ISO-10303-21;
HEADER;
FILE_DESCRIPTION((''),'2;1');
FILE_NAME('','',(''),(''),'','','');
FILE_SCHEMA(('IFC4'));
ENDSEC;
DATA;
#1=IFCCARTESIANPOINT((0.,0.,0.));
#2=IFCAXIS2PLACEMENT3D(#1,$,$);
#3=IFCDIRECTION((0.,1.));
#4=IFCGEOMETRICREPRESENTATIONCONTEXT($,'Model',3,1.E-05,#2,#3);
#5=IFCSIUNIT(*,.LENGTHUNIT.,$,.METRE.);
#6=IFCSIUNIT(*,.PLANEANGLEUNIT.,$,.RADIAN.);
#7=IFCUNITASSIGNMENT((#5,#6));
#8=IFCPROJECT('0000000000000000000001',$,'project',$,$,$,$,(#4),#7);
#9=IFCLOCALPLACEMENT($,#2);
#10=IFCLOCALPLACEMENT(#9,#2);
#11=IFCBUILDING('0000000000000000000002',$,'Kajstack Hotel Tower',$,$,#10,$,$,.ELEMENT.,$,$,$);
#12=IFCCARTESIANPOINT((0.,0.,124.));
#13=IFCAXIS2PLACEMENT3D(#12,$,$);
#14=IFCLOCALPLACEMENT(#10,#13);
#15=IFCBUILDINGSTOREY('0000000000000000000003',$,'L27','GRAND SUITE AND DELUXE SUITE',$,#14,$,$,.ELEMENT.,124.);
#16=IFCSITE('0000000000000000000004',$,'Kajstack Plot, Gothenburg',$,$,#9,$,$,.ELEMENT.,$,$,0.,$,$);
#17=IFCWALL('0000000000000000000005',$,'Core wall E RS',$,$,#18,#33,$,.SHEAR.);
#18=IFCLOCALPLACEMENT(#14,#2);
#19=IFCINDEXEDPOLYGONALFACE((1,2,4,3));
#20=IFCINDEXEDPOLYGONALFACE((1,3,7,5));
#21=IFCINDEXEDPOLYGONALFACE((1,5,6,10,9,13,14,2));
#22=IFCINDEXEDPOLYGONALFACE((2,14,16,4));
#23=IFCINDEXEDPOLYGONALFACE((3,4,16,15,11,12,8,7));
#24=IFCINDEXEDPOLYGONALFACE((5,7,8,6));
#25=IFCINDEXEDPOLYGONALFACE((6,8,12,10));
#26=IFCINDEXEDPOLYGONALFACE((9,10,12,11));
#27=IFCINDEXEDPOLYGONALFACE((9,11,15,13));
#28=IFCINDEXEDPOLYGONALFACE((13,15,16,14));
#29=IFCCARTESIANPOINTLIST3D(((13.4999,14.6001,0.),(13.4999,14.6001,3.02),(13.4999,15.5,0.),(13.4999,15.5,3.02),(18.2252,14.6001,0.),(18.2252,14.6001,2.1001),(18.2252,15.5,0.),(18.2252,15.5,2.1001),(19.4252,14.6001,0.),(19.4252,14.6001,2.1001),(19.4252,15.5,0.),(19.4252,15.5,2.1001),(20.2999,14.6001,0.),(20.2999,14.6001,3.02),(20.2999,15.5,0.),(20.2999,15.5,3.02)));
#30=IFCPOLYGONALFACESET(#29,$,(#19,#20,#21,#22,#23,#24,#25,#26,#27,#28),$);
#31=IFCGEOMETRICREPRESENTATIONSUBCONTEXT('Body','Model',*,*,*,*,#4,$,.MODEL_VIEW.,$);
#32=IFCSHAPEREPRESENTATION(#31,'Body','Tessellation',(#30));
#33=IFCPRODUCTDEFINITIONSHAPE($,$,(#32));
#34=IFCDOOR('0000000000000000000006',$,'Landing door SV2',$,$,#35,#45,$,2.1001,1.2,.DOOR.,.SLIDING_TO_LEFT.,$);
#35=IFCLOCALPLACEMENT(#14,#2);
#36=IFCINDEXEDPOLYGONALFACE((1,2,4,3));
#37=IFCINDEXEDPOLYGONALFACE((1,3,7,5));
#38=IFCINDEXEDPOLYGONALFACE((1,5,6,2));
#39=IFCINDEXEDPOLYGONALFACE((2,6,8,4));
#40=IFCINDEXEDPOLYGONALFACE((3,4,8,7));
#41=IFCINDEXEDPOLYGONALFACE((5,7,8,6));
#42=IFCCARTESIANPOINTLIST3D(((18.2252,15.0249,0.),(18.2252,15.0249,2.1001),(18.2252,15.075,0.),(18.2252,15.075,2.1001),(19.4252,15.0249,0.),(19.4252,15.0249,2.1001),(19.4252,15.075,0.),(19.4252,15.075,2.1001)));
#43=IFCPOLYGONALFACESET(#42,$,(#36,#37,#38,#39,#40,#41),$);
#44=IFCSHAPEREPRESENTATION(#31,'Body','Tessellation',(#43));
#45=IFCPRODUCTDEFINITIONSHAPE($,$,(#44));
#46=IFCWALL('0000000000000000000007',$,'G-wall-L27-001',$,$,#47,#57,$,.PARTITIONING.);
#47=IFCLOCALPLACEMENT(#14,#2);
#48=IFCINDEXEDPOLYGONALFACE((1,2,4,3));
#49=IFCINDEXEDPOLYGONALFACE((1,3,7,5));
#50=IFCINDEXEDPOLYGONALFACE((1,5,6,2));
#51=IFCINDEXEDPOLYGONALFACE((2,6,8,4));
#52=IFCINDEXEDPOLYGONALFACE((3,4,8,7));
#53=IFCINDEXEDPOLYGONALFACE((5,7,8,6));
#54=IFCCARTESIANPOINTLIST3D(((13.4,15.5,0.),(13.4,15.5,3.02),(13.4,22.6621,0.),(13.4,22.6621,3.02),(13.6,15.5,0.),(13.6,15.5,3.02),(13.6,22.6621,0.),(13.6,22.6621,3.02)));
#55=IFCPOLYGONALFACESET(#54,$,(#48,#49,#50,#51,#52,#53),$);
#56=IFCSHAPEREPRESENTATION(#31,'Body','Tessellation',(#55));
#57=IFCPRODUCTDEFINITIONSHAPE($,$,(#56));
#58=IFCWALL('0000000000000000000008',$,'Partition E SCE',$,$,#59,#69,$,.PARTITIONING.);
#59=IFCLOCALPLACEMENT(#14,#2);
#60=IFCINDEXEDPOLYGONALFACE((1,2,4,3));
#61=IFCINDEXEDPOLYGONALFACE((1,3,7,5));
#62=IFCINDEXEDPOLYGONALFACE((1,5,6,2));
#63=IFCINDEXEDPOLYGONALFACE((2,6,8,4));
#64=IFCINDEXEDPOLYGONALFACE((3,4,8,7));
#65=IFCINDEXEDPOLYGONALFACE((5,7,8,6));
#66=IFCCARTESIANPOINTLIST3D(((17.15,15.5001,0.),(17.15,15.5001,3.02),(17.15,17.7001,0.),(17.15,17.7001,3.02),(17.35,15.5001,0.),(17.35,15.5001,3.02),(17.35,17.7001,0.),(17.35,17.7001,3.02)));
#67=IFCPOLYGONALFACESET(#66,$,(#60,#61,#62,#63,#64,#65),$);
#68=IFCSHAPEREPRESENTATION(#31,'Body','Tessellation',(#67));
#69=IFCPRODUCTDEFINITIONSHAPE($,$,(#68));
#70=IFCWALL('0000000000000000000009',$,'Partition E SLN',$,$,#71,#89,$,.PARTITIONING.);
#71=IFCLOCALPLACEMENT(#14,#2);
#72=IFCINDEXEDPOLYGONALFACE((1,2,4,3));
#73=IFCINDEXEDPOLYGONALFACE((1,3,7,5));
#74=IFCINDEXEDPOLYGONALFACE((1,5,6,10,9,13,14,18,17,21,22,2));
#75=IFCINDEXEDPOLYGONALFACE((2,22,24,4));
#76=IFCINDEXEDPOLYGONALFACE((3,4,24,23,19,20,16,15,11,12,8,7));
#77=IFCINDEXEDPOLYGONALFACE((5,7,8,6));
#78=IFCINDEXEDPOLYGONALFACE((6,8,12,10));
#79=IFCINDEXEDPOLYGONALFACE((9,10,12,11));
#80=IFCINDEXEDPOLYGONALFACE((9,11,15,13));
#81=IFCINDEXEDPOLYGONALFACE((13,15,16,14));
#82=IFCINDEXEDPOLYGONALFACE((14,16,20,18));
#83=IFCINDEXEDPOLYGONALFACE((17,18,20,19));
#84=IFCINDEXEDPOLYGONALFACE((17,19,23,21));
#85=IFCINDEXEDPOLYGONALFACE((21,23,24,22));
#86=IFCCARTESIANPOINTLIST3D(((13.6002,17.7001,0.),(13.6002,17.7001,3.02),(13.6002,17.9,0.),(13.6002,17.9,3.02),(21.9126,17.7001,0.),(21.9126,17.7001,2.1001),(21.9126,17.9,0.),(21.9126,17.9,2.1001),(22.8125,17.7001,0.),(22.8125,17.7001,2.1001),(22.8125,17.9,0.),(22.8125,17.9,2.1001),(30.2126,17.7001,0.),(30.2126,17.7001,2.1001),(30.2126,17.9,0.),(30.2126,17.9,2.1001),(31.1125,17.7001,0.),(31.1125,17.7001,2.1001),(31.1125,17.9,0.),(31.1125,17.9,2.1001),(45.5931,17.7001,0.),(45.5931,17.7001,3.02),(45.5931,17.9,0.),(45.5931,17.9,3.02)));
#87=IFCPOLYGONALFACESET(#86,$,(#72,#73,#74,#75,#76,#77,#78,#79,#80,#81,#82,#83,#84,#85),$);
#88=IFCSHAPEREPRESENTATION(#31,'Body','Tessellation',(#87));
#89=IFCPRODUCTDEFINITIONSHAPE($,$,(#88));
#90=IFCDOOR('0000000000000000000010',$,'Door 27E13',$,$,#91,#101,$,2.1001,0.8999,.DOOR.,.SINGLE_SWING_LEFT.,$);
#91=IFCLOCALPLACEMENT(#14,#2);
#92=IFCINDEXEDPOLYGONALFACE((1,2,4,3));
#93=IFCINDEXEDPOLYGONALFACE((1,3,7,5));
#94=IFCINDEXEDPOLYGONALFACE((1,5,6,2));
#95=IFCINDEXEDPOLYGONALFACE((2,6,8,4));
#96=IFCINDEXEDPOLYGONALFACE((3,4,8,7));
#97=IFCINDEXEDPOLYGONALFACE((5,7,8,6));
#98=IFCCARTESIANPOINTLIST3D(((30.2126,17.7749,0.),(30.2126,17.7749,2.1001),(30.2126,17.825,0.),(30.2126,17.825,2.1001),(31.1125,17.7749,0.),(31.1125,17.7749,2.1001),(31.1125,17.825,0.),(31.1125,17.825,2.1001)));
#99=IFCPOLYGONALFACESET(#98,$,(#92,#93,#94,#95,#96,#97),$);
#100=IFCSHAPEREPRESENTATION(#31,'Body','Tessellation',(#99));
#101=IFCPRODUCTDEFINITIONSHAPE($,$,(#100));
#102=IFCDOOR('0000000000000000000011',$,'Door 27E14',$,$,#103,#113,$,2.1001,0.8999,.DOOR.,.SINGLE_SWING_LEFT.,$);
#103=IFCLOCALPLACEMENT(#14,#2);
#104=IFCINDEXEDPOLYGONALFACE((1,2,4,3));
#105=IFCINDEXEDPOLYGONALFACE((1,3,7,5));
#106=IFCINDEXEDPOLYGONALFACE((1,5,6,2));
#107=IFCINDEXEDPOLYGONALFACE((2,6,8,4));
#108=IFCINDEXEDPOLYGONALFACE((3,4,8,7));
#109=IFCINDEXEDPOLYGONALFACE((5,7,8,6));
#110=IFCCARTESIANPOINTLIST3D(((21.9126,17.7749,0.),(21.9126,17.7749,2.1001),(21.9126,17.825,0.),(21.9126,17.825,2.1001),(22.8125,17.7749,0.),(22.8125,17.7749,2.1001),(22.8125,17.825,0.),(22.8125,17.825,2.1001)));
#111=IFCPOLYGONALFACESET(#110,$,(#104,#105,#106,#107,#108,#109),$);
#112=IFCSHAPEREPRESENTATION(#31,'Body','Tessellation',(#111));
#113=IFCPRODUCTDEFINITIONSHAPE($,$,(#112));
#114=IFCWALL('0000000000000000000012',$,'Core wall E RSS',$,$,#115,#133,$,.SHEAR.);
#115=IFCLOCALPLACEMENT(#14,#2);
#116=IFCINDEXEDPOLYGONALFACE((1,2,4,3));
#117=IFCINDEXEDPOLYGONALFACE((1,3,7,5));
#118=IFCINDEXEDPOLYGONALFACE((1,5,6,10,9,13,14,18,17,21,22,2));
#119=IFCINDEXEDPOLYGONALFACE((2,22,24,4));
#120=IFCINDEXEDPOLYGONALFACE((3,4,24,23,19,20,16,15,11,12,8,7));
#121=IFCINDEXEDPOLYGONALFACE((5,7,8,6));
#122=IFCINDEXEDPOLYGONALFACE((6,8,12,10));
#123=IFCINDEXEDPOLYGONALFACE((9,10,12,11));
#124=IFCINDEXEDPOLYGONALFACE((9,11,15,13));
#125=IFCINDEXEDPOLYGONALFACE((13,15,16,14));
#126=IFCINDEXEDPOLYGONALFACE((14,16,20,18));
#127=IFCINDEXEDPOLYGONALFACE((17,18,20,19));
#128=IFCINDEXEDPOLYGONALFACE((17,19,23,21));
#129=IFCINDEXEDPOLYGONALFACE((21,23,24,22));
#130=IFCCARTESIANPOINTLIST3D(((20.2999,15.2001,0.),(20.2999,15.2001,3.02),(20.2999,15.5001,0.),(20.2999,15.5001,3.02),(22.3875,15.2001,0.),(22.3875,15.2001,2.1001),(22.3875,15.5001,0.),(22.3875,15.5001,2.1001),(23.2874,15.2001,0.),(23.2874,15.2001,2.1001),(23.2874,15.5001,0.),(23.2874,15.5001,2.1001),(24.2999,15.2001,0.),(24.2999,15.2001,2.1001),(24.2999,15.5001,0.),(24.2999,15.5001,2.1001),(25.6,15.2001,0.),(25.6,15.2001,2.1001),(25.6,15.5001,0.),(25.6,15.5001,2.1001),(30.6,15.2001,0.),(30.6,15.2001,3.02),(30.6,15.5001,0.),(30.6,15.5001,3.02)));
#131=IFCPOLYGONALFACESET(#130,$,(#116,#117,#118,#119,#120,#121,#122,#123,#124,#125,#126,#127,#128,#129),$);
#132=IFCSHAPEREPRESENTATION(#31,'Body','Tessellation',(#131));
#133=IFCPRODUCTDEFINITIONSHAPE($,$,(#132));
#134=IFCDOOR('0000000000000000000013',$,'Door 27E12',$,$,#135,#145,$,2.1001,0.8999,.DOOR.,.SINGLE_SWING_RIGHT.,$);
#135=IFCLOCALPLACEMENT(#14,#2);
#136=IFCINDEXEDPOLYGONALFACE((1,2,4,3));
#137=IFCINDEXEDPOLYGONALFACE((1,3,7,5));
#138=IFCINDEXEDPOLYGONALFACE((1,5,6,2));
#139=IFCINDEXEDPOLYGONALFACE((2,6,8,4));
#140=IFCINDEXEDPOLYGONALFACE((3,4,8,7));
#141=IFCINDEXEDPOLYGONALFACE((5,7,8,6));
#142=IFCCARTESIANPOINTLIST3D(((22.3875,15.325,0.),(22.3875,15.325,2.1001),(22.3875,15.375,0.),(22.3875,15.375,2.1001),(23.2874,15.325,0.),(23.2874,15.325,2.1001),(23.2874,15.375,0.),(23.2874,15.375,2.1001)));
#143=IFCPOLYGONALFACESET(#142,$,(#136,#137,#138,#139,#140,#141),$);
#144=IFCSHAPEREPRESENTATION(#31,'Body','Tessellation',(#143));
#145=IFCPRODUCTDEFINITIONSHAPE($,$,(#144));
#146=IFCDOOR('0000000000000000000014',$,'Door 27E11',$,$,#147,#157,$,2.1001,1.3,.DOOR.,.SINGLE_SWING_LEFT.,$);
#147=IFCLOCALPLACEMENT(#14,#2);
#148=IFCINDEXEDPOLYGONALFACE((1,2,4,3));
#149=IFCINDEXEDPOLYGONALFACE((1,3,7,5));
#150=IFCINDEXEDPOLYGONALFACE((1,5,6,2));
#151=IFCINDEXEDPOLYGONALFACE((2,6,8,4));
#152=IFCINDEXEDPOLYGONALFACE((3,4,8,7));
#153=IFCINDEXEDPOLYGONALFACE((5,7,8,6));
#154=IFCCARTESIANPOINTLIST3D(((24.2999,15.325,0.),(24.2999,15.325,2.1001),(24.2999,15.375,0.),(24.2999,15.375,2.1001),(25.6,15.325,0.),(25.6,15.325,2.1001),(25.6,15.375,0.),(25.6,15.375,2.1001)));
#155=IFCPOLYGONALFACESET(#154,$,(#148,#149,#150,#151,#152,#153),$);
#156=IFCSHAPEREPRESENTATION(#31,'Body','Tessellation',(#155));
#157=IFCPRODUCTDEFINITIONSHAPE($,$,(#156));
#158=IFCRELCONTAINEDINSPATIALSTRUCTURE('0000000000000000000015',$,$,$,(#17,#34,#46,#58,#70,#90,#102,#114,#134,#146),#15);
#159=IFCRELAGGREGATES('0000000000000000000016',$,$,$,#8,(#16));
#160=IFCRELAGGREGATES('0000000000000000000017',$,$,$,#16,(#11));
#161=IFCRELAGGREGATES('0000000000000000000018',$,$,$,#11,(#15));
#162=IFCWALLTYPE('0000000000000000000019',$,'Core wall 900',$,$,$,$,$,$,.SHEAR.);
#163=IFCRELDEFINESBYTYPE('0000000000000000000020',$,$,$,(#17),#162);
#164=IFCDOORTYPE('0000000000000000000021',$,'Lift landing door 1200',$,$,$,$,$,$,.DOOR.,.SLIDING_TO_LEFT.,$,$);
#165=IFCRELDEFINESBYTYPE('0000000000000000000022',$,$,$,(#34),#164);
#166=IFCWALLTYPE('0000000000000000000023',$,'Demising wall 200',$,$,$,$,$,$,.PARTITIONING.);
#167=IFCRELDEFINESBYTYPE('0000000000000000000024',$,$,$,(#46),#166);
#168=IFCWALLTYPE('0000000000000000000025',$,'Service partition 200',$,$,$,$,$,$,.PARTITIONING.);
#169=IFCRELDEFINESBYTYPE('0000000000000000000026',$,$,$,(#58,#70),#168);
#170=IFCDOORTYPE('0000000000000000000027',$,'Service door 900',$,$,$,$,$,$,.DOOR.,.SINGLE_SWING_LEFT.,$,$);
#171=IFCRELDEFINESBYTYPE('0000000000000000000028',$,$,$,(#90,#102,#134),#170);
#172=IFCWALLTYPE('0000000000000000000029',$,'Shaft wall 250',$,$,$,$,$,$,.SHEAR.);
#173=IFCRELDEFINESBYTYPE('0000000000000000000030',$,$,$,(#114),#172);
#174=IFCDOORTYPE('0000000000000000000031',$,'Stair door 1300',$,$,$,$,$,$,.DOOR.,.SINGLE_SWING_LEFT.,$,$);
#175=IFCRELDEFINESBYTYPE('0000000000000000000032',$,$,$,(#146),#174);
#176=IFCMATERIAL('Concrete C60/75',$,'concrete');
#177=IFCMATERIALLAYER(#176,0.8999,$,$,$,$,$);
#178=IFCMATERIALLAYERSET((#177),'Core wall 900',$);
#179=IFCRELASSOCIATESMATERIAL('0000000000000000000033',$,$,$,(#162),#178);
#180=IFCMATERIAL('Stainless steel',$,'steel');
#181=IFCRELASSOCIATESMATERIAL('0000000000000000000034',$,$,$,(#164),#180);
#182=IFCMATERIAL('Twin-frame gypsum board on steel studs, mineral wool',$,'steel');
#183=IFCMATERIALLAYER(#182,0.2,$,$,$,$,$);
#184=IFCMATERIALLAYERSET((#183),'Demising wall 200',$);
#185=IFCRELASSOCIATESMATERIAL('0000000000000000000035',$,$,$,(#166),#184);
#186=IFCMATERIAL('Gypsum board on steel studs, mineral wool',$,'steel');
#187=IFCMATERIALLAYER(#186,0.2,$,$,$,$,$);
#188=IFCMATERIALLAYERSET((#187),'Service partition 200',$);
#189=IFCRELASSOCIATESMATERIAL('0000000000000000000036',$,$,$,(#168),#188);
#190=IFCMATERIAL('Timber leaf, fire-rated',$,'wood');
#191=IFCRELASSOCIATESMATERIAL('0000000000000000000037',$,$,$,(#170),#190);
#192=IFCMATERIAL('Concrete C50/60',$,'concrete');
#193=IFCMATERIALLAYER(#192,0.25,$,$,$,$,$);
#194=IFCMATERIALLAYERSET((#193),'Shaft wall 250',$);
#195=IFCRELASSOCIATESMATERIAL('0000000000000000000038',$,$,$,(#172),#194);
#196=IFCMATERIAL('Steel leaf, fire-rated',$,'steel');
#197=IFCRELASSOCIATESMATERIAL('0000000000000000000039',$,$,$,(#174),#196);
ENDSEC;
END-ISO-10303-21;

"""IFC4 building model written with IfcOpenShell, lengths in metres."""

from ifc_helpers import new_model, si_unit, direction, frame, frame_2d, origin, place, context, subcontext, project, spatial, rectangle, extrude, material, layer, layer_set, type_object, element, fill, save


model = new_model("IFC4")

# Units and contexts
model_context = context("Model", 3, precision=1e-05, world=origin(), true_north=direction((0.0, 1.0)))
body_context = subcontext(model_context, "Body", "Model", "MODEL_VIEW")
ifc_project = project(units=[si_unit("LENGTHUNIT", "METRE"), si_unit("PLANEANGLEUNIT", "RADIAN")], contexts=[model_context])

# Site, building, storey
site_placement = place(None, origin())
site = spatial("IfcSite", under=ifc_project, at=site_placement, Name="Kajstack Plot, Gothenburg", CompositionType="ELEMENT", RefElevation=0.0)
building_placement = place(site_placement, origin())
building = spatial("IfcBuilding", under=site, at=building_placement, Name="Kajstack Hotel Tower", CompositionType="ELEMENT")
storey_placement = place(building_placement, frame((0.0, 0.0, 124.0)))
storey = spatial("IfcBuildingStorey", under=building, at=storey_placement, Name="L27", Description="GRAND SUITE AND DELUXE SUITE", CompositionType="ELEMENT", Elevation=124.0)

# Wall, opening, door
ifc_material_1 = material(Name="Concrete C60/75", Category="concrete")
ifc_layer_1 = layer(ifc_material_1, 0.8999)
ifc_layer_set_1 = layer_set([ifc_layer_1], Name="Core wall 900")
wall_type_1 = type_object("IfcWallType", Name="Core wall 900", PredefinedType="SHEAR", material=ifc_layer_set_1)
wall_1_placement = place(storey_placement, frame((13.5, 15.05, 0.0), z_axis=(0.0, 0.0, 1.0), x_axis=(1.0, 0.0, 0.0)))
wall_1 = element("IfcWall", 1, at=wall_1_placement, inside=storey, type_object=wall_type_1, Name="Core wall E RS", PredefinedType="SHEAR", context=body_context, shape_type="SweptSolid", body=[
    extrude(rectangle(XDim=6.8, YDim=0.8999, at=frame_2d((3.3999, 0.0))), origin(), (0.0, 0.0, 1.0), 3.02),
])
opening_1_placement = place(wall_1_placement, frame((4.7251, 0.0, 0.0)))
opening_1 = element("IfcOpeningElement", 2, at=opening_1_placement, cuts=wall_1, PredefinedType="OPENING", context=body_context, shape_type="SweptSolid", body=[
    extrude(rectangle(XDim=1.2, YDim=2.1001, at=frame_2d((0.6001, 1.05))), frame((0.0, 0.46, 0.0), z_axis=(0.0, -1.0, 0.0), x_axis=(1.0, 0.0, 0.0)), (0.0, 0.0, 1.0), 0.9199),
])
ifc_material_2 = material(Name="Stainless steel", Category="steel")
door_type_1 = type_object("IfcDoorType", Name="Lift landing door 1200", OperationType="SLIDING_TO_LEFT", PredefinedType="DOOR", material=ifc_material_2)
door_1_placement = place(opening_1_placement, origin())
door_1 = element("IfcDoor", 3, at=door_1_placement, inside=storey, type_object=door_type_1, Name="Landing door SV2", OperationType="SLIDING_TO_LEFT", OverallHeight=2.1001, OverallWidth=1.2, PredefinedType="DOOR", context=body_context, shape_type="SweptSolid", body=[
    extrude(rectangle(XDim=1.2, YDim=2.1001, at=frame_2d((0.6001, 1.05))), frame((0.0, 0.0249, 0.0), z_axis=(0.0, -1.0, 0.0), x_axis=(1.0, 0.0, 0.0)), (0.0, 0.0, 1.0), 0.05),
])
fill(opening_1, door_1)

# Wall
ifc_material_3 = material(Name="Twin-frame gypsum board on steel studs, mineral wool", Category="steel")
ifc_layer_2 = layer(ifc_material_3, 0.2)
ifc_layer_set_2 = layer_set([ifc_layer_2], Name="Demising wall 200")
wall_type_2 = type_object("IfcWallType", Name="Demising wall 200", PredefinedType="PARTITIONING", material=ifc_layer_set_2)
wall_2_placement = place(storey_placement, frame((13.5, 15.5, 0.0), z_axis=(0.0, 0.0, 1.0), x_axis=(0.0, 1.0, 0.0)))
element("IfcWall", 4, at=wall_2_placement, inside=storey, type_object=wall_type_2, Name="G-wall-L27-001", PredefinedType="PARTITIONING", context=body_context, shape_type="SweptSolid", body=[
    extrude(rectangle(XDim=7.1621, YDim=0.2, at=frame_2d((3.5811, 0.0))), origin(), (0.0, 0.0, 1.0), 3.02),
])

# Wall
ifc_material_4 = material(Name="Gypsum board on steel studs, mineral wool", Category="steel")
ifc_layer_3 = layer(ifc_material_4, 0.2)
ifc_layer_set_3 = layer_set([ifc_layer_3], Name="Service partition 200")
wall_type_3 = type_object("IfcWallType", Name="Service partition 200", PredefinedType="PARTITIONING", material=ifc_layer_set_3)
wall_3_placement = place(storey_placement, frame((17.25, 15.5, 0.0), z_axis=(0.0, 0.0, 1.0), x_axis=(0.0, 1.0, 0.0)))
element("IfcWall", 5, at=wall_3_placement, inside=storey, type_object=wall_type_3, Name="Partition E SCE", PredefinedType="PARTITIONING", context=body_context, shape_type="SweptSolid", body=[
    extrude(rectangle(XDim=2.2, YDim=0.2, at=frame_2d((1.1001, 0.0))), origin(), (0.0, 0.0, 1.0), 3.02),
])

# Walls, openings, doors
wall_4_placement = place(storey_placement, frame((13.6001, 17.8, 0.0), z_axis=(0.0, 0.0, 1.0), x_axis=(1.0, 0.0, 0.0)))
wall_4 = element("IfcWall", 6, at=wall_4_placement, inside=storey, type_object=wall_type_3, Name="Partition E SLN", PredefinedType="PARTITIONING", context=body_context, shape_type="SweptSolid", body=[
    extrude(rectangle(XDim=31.9929, YDim=0.2, at=frame_2d((15.9966, 0.0))), origin(), (0.0, 0.0, 1.0), 3.02),
])
opening_2_placement = place(wall_4_placement, frame((16.6125, 0.0, 0.0)))
opening_2 = element("IfcOpeningElement", 7, at=opening_2_placement, cuts=wall_4, PredefinedType="OPENING", context=body_context, shape_type="SweptSolid", body=[
    extrude(rectangle(XDim=0.8999, YDim=2.1001, at=frame_2d((0.45, 1.05))), frame((0.0, 0.1099, 0.0), z_axis=(0.0, -1.0, 0.0), x_axis=(1.0, 0.0, 0.0)), (0.0, 0.0, 1.0), 0.22),
])
opening_3_placement = place(wall_4_placement, frame((8.3125, 0.0, 0.0)))
opening_3 = element("IfcOpeningElement", 8, at=opening_3_placement, cuts=wall_4, PredefinedType="OPENING", context=body_context, shape_type="SweptSolid", body=[
    extrude(rectangle(XDim=0.8999, YDim=2.1001, at=frame_2d((0.45, 1.05))), frame((0.0, 0.1099, 0.0), z_axis=(0.0, -1.0, 0.0), x_axis=(1.0, 0.0, 0.0)), (0.0, 0.0, 1.0), 0.22),
])
ifc_material_5 = material(Name="Timber leaf, fire-rated", Category="wood")
door_type_2 = type_object("IfcDoorType", Name="Service door 900", OperationType="SINGLE_SWING_LEFT", PredefinedType="DOOR", material=ifc_material_5)
door_2_placement = place(opening_2_placement, origin())
door_2 = element("IfcDoor", 9, at=door_2_placement, inside=storey, type_object=door_type_2, Name="Door 27E13", OperationType="SINGLE_SWING_LEFT", OverallHeight=2.1001, OverallWidth=0.8999, PredefinedType="DOOR", context=body_context, shape_type="SweptSolid", body=[
    extrude(rectangle(XDim=0.8999, YDim=2.1001, at=frame_2d((0.45, 1.05))), frame((0.0, 0.0249, 0.0), z_axis=(0.0, -1.0, 0.0), x_axis=(1.0, 0.0, 0.0)), (0.0, 0.0, 1.0), 0.05),
])
fill(opening_2, door_2)
door_3_placement = place(opening_3_placement, origin())
door_3 = element("IfcDoor", 10, at=door_3_placement, inside=storey, type_object=door_type_2, Name="Door 27E14", OperationType="SINGLE_SWING_LEFT", OverallHeight=2.1001, OverallWidth=0.8999, PredefinedType="DOOR", context=body_context, shape_type="SweptSolid", body=[
    extrude(rectangle(XDim=0.8999, YDim=2.1001, at=frame_2d((0.45, 1.05))), frame((0.0, 0.0249, 0.0), z_axis=(0.0, -1.0, 0.0), x_axis=(1.0, 0.0, 0.0)), (0.0, 0.0, 1.0), 0.05),
])
fill(opening_3, door_3)
ifc_material_6 = material(Name="Concrete C50/60", Category="concrete")
ifc_layer_4 = layer(ifc_material_6, 0.25)
ifc_layer_set_4 = layer_set([ifc_layer_4], Name="Shaft wall 250")
wall_type_4 = type_object("IfcWallType", Name="Shaft wall 250", PredefinedType="SHEAR", material=ifc_layer_set_4)
wall_5_placement = place(storey_placement, frame((20.3, 15.3501, 0.0), z_axis=(0.0, 0.0, 1.0), x_axis=(1.0, 0.0, 0.0)))
wall_5 = element("IfcWall", 11, at=wall_5_placement, inside=storey, type_object=wall_type_4, Name="Core wall E RSS", PredefinedType="SHEAR", context=body_context, shape_type="SweptSolid", body=[
    extrude(rectangle(XDim=10.3, YDim=0.3, at=frame_2d((5.1499, 0.0))), origin(), (0.0, 0.0, 1.0), 3.02),
])
opening_4_placement = place(wall_5_placement, frame((4.0, 0.0, 0.0)))
opening_4 = element("IfcOpeningElement", 12, at=opening_4_placement, cuts=wall_5, PredefinedType="OPENING", context=body_context, shape_type="SweptSolid", body=[
    extrude(rectangle(XDim=1.3, YDim=2.1001, at=frame_2d((0.6499, 1.05))), frame((0.0, 0.1599, 0.0), z_axis=(0.0, -1.0, 0.0), x_axis=(1.0, 0.0, 0.0)), (0.0, 0.0, 1.0), 0.3201),
])
opening_5_placement = place(wall_5_placement, frame((2.0874, 0.0, 0.0)))
opening_5 = element("IfcOpeningElement", 13, at=opening_5_placement, cuts=wall_5, PredefinedType="OPENING", context=body_context, shape_type="SweptSolid", body=[
    extrude(rectangle(XDim=0.8999, YDim=2.1001, at=frame_2d((0.45, 1.05))), frame((0.0, 0.1599, 0.0), z_axis=(0.0, -1.0, 0.0), x_axis=(1.0, 0.0, 0.0)), (0.0, 0.0, 1.0), 0.3201),
])
door_4_placement = place(opening_5_placement, origin())
door_4 = element("IfcDoor", 14, at=door_4_placement, inside=storey, type_object=door_type_2, Name="Door 27E12", OperationType="SINGLE_SWING_RIGHT", OverallHeight=2.1001, OverallWidth=0.8999, PredefinedType="DOOR", context=body_context, shape_type="SweptSolid", body=[
    extrude(rectangle(XDim=0.8999, YDim=2.1001, at=frame_2d((0.45, 1.05))), frame((0.0, 0.0249, 0.0), z_axis=(0.0, -1.0, 0.0), x_axis=(1.0, 0.0, 0.0)), (0.0, 0.0, 1.0), 0.05),
])
fill(opening_5, door_4)
ifc_material_7 = material(Name="Steel leaf, fire-rated", Category="steel")
door_type_3 = type_object("IfcDoorType", Name="Stair door 1300", OperationType="SINGLE_SWING_LEFT", PredefinedType="DOOR", material=ifc_material_7)
door_5_placement = place(opening_4_placement, origin())
door_5 = element("IfcDoor", 15, at=door_5_placement, inside=storey, type_object=door_type_3, Name="Door 27E11", OperationType="SINGLE_SWING_LEFT", OverallHeight=2.1001, OverallWidth=1.3, PredefinedType="DOOR", context=body_context, shape_type="SweptSolid", body=[
    extrude(rectangle(XDim=1.3, YDim=2.1001, at=frame_2d((0.6499, 1.05))), frame((0.0, 0.0249, 0.0), z_axis=(0.0, -1.0, 0.0), x_axis=(1.0, 0.0, 0.0)), (0.0, 0.0, 1.0), 0.05),
])
fill(opening_4, door_5)

save(model, "model.ifc")
